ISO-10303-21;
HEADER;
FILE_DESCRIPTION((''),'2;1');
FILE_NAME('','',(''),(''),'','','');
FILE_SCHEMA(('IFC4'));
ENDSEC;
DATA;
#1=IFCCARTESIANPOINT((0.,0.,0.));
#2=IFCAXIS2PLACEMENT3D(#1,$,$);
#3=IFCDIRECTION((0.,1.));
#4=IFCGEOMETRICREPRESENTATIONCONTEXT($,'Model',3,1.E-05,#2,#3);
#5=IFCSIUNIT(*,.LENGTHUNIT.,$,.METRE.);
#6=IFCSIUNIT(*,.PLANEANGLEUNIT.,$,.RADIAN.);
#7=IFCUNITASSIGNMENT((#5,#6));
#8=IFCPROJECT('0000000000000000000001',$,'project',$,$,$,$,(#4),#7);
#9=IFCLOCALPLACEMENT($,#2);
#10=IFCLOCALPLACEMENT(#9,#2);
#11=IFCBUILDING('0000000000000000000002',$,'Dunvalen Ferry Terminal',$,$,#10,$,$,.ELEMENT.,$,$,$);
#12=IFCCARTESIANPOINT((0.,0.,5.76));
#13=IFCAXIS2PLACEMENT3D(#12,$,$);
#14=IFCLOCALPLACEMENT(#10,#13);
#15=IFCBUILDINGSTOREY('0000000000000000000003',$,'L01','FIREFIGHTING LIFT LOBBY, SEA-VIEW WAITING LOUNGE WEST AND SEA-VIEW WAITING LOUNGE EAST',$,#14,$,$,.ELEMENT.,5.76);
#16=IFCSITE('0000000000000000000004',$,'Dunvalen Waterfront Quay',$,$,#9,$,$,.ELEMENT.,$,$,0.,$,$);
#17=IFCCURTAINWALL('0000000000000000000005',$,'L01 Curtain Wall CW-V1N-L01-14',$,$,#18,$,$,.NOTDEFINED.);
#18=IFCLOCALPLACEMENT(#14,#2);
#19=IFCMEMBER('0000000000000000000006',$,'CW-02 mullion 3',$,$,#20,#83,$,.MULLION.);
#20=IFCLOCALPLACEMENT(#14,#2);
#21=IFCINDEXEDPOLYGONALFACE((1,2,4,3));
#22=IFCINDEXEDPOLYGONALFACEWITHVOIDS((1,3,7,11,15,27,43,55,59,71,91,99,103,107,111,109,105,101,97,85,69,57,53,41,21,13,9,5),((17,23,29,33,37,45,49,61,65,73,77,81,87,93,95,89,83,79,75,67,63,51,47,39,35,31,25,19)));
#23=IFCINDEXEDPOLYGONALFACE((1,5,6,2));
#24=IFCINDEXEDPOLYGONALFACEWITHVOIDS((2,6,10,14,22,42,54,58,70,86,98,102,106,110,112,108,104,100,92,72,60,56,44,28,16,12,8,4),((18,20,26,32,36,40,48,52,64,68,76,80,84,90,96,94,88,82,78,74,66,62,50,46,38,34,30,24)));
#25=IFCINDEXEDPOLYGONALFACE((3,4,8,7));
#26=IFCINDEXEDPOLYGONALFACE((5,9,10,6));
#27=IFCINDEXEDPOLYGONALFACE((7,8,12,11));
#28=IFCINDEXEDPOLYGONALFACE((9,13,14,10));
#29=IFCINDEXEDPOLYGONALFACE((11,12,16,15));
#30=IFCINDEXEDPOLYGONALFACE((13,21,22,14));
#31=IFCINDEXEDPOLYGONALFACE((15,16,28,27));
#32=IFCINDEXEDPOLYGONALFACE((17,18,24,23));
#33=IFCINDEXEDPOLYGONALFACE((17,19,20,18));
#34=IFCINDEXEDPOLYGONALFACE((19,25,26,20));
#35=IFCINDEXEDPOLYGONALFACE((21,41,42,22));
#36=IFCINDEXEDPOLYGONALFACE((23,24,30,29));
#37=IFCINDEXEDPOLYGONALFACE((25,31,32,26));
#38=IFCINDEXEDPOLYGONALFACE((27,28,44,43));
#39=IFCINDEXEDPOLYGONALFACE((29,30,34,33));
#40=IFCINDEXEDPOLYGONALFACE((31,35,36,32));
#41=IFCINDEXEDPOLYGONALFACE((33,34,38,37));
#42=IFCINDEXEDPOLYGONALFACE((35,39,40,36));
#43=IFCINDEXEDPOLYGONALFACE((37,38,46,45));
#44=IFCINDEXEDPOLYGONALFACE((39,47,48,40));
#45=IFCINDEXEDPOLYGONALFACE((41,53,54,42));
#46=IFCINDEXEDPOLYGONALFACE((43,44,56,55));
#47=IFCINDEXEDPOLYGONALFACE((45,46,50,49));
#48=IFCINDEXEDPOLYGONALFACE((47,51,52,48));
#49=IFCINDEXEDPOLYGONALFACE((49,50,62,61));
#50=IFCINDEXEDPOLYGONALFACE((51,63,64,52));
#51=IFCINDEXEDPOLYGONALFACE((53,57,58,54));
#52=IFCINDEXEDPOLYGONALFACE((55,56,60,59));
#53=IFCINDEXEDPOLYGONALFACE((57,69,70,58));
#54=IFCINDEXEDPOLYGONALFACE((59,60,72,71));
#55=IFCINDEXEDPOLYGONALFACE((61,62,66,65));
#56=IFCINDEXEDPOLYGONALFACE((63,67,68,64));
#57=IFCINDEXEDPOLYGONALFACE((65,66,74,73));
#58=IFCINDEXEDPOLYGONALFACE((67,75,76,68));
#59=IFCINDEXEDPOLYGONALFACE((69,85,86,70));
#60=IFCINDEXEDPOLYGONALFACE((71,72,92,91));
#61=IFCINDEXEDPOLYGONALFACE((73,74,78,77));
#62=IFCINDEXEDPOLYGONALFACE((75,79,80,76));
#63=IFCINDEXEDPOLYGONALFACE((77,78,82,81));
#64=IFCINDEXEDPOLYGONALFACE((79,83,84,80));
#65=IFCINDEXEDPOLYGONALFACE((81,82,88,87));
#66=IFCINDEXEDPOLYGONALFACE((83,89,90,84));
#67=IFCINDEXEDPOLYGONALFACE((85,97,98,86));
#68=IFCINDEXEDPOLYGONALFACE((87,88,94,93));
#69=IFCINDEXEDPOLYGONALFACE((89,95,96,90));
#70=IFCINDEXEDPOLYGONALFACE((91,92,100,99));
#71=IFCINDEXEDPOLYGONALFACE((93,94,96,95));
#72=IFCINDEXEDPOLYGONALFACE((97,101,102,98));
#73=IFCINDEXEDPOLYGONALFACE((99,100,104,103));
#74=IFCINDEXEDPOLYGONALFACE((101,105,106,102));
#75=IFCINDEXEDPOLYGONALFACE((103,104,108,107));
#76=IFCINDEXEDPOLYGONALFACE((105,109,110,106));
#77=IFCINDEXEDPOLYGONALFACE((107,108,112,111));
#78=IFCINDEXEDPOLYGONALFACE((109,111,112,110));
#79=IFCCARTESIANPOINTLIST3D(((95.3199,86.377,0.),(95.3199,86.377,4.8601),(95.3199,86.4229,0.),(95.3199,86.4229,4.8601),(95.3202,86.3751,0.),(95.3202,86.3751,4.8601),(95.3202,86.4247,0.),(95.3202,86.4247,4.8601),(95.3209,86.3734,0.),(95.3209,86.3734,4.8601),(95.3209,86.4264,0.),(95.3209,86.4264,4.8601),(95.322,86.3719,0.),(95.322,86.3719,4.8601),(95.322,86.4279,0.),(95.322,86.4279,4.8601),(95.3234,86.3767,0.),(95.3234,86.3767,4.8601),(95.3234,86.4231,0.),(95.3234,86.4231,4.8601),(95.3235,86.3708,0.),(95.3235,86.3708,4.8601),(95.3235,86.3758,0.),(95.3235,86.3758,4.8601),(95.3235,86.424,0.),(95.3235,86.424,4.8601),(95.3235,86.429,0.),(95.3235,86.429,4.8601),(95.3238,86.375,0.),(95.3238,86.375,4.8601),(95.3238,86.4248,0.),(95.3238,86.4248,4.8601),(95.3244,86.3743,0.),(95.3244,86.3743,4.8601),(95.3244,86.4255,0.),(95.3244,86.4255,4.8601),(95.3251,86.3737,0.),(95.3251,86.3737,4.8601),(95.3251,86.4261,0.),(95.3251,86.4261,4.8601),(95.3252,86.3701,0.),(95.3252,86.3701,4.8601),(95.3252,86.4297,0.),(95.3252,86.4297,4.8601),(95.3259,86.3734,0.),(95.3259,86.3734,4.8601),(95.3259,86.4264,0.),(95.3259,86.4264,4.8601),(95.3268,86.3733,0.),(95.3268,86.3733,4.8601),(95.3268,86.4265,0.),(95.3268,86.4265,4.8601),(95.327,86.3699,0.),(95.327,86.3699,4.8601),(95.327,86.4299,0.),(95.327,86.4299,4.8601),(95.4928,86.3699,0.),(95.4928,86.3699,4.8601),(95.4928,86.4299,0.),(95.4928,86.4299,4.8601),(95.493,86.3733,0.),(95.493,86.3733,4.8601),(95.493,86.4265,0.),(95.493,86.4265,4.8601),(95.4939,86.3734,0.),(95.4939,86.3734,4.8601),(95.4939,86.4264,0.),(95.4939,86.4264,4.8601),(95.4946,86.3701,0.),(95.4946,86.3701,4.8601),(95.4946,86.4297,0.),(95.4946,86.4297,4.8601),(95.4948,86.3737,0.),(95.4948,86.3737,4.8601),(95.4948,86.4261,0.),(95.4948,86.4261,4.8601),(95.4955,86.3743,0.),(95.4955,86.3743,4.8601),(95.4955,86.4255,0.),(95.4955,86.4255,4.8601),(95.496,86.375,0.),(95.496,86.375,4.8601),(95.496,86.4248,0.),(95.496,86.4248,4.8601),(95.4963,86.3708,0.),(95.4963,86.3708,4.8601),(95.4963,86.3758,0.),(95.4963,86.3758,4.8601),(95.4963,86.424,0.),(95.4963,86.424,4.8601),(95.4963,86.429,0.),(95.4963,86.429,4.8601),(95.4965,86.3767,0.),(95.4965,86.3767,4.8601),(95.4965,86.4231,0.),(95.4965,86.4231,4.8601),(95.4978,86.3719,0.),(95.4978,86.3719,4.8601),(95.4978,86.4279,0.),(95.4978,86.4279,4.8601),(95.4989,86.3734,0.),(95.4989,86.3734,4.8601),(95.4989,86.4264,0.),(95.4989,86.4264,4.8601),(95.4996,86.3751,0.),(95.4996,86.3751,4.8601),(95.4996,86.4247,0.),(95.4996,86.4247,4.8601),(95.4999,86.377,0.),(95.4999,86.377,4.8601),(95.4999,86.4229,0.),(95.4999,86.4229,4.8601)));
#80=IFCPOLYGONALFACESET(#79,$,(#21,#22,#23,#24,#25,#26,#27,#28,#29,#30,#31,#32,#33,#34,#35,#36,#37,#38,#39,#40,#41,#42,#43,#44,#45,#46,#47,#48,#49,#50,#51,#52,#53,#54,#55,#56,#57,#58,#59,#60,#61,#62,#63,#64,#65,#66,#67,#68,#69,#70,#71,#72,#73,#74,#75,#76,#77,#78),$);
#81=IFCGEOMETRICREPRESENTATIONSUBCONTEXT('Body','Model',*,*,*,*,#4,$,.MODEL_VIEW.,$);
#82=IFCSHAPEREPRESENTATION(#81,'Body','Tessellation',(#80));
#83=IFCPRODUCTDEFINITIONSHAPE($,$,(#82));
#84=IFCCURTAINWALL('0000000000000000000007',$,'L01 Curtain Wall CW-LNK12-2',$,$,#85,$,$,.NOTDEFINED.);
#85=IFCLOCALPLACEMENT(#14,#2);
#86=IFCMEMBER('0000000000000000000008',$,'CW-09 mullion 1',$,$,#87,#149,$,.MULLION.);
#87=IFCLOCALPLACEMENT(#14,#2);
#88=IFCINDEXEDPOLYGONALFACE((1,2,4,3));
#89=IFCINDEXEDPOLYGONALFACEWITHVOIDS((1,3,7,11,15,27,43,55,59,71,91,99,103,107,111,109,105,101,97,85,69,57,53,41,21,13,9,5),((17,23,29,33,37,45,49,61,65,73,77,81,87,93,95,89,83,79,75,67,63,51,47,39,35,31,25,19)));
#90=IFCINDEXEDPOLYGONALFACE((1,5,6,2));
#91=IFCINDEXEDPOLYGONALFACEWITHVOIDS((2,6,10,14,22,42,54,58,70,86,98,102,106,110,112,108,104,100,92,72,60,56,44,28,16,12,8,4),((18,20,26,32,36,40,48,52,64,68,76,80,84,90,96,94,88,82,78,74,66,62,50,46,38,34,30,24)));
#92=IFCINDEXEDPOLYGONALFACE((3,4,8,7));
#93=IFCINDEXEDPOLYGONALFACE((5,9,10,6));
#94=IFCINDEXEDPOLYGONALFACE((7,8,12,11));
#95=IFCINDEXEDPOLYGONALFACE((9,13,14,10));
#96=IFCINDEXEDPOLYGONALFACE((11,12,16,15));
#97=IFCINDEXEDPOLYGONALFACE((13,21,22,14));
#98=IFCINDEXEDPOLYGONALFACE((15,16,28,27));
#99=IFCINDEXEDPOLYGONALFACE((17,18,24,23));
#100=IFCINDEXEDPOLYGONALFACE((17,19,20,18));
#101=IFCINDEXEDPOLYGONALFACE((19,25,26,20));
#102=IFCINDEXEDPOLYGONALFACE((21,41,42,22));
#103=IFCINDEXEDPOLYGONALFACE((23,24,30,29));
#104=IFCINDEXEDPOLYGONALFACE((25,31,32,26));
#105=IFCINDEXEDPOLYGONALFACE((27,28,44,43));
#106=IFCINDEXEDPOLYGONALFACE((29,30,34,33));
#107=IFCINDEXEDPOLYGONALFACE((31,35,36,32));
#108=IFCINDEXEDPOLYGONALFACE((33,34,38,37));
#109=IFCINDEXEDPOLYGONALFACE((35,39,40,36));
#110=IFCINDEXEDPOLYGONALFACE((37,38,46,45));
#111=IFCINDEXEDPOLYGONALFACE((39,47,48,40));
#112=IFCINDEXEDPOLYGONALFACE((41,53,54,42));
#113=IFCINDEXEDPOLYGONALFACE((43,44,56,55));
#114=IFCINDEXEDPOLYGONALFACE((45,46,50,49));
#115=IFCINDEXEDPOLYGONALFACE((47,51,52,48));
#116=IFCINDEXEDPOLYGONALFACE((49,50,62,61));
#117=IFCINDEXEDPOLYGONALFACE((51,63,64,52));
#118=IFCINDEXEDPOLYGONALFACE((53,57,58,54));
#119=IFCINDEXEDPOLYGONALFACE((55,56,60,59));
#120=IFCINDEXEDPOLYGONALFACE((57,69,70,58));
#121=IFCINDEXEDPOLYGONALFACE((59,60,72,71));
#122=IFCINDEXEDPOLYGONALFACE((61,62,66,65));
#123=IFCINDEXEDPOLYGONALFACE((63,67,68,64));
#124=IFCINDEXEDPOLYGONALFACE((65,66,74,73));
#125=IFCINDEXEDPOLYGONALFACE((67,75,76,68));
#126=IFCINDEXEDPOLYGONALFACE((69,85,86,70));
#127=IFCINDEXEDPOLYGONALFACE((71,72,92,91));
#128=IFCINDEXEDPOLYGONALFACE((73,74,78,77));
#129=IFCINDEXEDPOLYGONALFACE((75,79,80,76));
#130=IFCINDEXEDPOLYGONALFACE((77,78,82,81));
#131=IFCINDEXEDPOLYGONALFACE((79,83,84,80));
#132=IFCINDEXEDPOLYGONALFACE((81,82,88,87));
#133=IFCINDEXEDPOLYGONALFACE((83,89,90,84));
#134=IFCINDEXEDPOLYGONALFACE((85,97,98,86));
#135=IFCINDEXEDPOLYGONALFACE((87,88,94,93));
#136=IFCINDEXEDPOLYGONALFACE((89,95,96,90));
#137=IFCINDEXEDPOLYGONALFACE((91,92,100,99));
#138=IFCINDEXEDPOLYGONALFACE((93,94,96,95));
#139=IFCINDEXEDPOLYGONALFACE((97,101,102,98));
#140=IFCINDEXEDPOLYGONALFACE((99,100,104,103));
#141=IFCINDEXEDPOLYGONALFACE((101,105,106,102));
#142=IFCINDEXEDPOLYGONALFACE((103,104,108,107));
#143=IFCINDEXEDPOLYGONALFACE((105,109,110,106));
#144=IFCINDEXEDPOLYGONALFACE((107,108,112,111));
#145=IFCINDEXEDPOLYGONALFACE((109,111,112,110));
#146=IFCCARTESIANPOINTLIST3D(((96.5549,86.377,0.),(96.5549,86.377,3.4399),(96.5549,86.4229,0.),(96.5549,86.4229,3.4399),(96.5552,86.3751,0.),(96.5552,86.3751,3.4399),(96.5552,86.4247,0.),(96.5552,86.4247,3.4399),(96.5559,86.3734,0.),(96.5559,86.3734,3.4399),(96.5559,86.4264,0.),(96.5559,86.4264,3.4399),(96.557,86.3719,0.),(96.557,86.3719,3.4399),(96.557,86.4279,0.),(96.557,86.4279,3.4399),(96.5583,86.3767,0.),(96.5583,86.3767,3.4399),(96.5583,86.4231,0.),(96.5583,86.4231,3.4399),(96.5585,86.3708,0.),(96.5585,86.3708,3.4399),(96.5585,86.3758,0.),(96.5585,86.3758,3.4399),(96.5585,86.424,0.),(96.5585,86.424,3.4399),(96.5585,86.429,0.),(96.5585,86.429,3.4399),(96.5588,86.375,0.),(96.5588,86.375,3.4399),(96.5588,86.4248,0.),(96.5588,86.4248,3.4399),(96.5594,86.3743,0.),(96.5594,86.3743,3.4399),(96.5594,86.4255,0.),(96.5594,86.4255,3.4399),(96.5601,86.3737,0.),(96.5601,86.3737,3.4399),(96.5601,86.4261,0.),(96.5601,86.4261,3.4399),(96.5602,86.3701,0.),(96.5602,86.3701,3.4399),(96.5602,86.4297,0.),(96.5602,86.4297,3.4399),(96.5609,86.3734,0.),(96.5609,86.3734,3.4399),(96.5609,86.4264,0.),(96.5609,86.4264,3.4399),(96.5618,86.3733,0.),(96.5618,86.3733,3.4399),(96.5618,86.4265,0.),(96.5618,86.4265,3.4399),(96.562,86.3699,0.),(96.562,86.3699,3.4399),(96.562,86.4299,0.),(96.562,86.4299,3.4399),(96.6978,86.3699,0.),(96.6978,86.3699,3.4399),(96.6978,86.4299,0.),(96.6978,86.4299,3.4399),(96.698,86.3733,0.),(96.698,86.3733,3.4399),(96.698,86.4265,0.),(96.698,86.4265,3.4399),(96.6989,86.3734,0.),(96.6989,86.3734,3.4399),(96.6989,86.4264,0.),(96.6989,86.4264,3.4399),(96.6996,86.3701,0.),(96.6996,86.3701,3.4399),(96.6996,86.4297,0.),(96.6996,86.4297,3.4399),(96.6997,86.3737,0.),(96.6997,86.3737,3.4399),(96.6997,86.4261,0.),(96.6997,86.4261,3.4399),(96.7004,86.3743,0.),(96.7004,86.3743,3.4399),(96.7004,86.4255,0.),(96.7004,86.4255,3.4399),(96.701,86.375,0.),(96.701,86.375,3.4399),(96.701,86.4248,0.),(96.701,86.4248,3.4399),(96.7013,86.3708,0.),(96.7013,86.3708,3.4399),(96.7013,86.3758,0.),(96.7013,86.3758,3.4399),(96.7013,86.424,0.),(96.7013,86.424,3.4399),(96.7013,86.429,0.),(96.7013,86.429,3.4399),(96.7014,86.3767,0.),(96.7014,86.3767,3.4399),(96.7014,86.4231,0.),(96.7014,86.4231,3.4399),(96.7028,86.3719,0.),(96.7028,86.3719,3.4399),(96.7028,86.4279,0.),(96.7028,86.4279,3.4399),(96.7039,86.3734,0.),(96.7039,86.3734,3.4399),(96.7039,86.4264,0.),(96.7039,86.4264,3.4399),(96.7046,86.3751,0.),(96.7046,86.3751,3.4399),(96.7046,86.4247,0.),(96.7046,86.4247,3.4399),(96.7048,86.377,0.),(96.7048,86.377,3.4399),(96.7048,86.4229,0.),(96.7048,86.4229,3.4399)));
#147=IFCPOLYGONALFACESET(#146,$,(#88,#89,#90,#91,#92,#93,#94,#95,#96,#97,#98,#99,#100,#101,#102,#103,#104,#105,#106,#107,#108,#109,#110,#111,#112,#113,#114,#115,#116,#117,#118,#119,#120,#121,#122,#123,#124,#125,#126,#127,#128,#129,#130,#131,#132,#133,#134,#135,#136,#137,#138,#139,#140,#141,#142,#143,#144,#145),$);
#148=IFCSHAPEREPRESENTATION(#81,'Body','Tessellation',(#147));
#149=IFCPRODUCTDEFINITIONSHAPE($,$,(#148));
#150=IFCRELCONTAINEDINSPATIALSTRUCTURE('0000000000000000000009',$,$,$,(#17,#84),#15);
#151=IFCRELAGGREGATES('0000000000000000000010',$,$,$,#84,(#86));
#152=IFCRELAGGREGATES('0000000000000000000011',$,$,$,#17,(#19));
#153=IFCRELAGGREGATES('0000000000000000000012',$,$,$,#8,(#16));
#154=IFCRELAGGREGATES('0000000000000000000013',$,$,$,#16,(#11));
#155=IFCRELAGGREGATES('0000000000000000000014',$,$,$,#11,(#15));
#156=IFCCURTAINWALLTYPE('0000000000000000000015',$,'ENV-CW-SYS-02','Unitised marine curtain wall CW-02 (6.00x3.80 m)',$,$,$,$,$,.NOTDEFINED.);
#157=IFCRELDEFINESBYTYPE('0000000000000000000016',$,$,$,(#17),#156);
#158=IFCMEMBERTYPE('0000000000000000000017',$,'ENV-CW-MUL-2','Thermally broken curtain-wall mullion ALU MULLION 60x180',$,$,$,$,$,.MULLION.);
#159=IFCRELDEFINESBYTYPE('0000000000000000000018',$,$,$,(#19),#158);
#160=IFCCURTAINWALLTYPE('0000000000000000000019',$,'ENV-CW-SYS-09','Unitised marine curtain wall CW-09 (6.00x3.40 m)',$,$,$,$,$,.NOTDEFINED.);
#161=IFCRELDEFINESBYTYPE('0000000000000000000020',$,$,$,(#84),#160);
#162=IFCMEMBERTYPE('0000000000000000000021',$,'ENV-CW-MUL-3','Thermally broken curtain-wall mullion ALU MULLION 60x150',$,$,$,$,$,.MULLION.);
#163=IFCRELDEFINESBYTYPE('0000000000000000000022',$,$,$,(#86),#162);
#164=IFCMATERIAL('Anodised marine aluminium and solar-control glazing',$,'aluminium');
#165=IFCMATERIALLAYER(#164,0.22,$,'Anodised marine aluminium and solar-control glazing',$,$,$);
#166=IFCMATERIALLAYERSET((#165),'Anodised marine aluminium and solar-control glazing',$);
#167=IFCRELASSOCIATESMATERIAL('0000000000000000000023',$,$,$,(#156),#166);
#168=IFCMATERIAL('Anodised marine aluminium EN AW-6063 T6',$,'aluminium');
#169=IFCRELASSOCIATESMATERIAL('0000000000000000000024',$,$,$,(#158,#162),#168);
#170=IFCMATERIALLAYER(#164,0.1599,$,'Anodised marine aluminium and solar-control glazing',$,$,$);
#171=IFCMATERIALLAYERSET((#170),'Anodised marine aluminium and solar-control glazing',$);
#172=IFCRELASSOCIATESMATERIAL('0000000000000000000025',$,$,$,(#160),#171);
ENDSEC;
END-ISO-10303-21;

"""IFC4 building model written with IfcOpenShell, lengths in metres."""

from ifc_helpers import new_model, si_unit, direction, frame, origin, origin_2d, place, context, subcontext, project, spatial, hollow_rectangle, extrude, material, layer, layer_set, material_profile, profile_set, type_object, element, aggregate, save


model = new_model("IFC4")

# Units and contexts
model_context = context("Model", 3, precision=1e-05, world=origin(), true_north=direction((0.0, 1.0)))
body_context = subcontext(model_context, "Body", "Model", "MODEL_VIEW")
ifc_project = project(units=[si_unit("LENGTHUNIT", "METRE"), si_unit("PLANEANGLEUNIT", "RADIAN")], contexts=[model_context])

# Site, building, storey
site_placement = place(None, origin())
site = spatial("IfcSite", under=ifc_project, at=site_placement, Name="Dunvalen Waterfront Quay", CompositionType="ELEMENT", RefElevation=0.0)
building_placement = place(site_placement, origin())
building = spatial("IfcBuilding", under=site, at=building_placement, Name="Dunvalen Ferry Terminal", CompositionType="ELEMENT")
storey_placement = place(building_placement, frame((0.0, 0.0, 5.76)))
storey = spatial("IfcBuildingStorey", under=building, at=storey_placement, Name="L01", Description="FIREFIGHTING LIFT LOBBY, SEA-VIEW WAITING LOUNGE WEST AND SEA-VIEW WAITING LOUNGE EAST", CompositionType="ELEMENT", Elevation=5.76)

# Curtain wall, member
ifc_material_1 = material(Name="Anodised marine aluminium and solar-control glazing", Category="aluminium")
ifc_layer_1 = layer(ifc_material_1, 0.22, Name="Anodised marine aluminium and solar-control glazing")
ifc_layer_set_1 = layer_set([ifc_layer_1], Name="Anodised marine aluminium and solar-control glazing")
curtain_wall_type_1 = type_object("IfcCurtainWallType", Name="ENV-CW-SYS-02", Description="Unitised marine curtain wall CW-02 (6.00x3.80 m)", PredefinedType="NOTDEFINED", material=ifc_layer_set_1)
ifc_material_2 = material(Name="Anodised marine aluminium EN AW-6063 T6", Category="aluminium")
ifc_material_profile_1 = material_profile(ifc_material_2, hollow_rectangle(XDim=0.0601, YDim=0.1799, WallThickness=0.0034, InnerFilletRadius=0.0034, OuterFilletRadius=0.0071, at=origin_2d()), Name="Anodised marine aluminium EN AW-6063 T6")
ifc_profile_set_1 = profile_set([ifc_material_profile_1], Name="Anodised marine aluminium EN AW-6063 T6")
member_type_1 = type_object("IfcMemberType", Name="ENV-CW-MUL-2", Description="Thermally broken curtain-wall mullion ALU MULLION 60x180", PredefinedType="MULLION", material=ifc_profile_set_1)
curtain_wall_1_placement = place(storey_placement, origin())
curtain_wall_1 = element("IfcCurtainWall", 1, at=curtain_wall_1_placement, inside=storey, type_object=curtain_wall_type_1, Name="L01 Curtain Wall CW-V1N-L01-14", PredefinedType="NOTDEFINED")
member_1_placement = place(storey_placement, frame((95.4099, 86.3999, 0.0), z_axis=(0.0, 0.0, 1.0), x_axis=(0.0, 1.0, 0.0)))
member_1 = element("IfcMember", 2, at=member_1_placement, type_object=member_type_1, Name="CW-02 mullion 3", PredefinedType="MULLION", context=body_context, shape_type="SweptSolid", body=[
    extrude(hollow_rectangle(XDim=0.0601, YDim=0.1799, WallThickness=0.0034, InnerFilletRadius=0.0034, OuterFilletRadius=0.0071, at=origin_2d()), origin(), (0.0, 0.0, 1.0), 4.8601),
])

# Curtain wall, member
ifc_layer_2 = layer(ifc_material_1, 0.1599, Name="Anodised marine aluminium and solar-control glazing")
ifc_layer_set_2 = layer_set([ifc_layer_2], Name="Anodised marine aluminium and solar-control glazing")
curtain_wall_type_2 = type_object("IfcCurtainWallType", Name="ENV-CW-SYS-09", Description="Unitised marine curtain wall CW-09 (6.00x3.40 m)", PredefinedType="NOTDEFINED", material=ifc_layer_set_2)
curtain_wall_2_placement = place(storey_placement, origin())
curtain_wall_2 = element("IfcCurtainWall", 3, at=curtain_wall_2_placement, inside=storey, type_object=curtain_wall_type_2, Name="L01 Curtain Wall CW-LNK12-2", PredefinedType="NOTDEFINED")
ifc_material_profile_2 = material_profile(ifc_material_2, hollow_rectangle(XDim=0.0601, YDim=0.1499, WallThickness=0.0034, InnerFilletRadius=0.0034, OuterFilletRadius=0.0071, at=origin_2d()), Name="Anodised marine aluminium EN AW-6063 T6")
ifc_profile_set_2 = profile_set([ifc_material_profile_2], Name="Anodised marine aluminium EN AW-6063 T6")
member_type_2 = type_object("IfcMemberType", Name="ENV-CW-MUL-3", Description="Thermally broken curtain-wall mullion ALU MULLION 60x150", PredefinedType="MULLION", material=ifc_profile_set_2)
member_2_placement = place(storey_placement, frame((96.6299, 86.3999, 0.0), z_axis=(0.0, 0.0, 1.0), x_axis=(0.0, 1.0, 0.0)))
member_2 = element("IfcMember", 4, at=member_2_placement, type_object=member_type_2, Name="CW-09 mullion 1", PredefinedType="MULLION", context=body_context, shape_type="SweptSolid", body=[
    extrude(hollow_rectangle(XDim=0.0601, YDim=0.1499, WallThickness=0.0034, InnerFilletRadius=0.0034, OuterFilletRadius=0.0071, at=origin_2d()), origin(), (0.0, 0.0, 1.0), 3.4399),
])
aggregate(curtain_wall_2, [member_2])

aggregate(curtain_wall_1, [member_1])

save(model, "model.ifc")
